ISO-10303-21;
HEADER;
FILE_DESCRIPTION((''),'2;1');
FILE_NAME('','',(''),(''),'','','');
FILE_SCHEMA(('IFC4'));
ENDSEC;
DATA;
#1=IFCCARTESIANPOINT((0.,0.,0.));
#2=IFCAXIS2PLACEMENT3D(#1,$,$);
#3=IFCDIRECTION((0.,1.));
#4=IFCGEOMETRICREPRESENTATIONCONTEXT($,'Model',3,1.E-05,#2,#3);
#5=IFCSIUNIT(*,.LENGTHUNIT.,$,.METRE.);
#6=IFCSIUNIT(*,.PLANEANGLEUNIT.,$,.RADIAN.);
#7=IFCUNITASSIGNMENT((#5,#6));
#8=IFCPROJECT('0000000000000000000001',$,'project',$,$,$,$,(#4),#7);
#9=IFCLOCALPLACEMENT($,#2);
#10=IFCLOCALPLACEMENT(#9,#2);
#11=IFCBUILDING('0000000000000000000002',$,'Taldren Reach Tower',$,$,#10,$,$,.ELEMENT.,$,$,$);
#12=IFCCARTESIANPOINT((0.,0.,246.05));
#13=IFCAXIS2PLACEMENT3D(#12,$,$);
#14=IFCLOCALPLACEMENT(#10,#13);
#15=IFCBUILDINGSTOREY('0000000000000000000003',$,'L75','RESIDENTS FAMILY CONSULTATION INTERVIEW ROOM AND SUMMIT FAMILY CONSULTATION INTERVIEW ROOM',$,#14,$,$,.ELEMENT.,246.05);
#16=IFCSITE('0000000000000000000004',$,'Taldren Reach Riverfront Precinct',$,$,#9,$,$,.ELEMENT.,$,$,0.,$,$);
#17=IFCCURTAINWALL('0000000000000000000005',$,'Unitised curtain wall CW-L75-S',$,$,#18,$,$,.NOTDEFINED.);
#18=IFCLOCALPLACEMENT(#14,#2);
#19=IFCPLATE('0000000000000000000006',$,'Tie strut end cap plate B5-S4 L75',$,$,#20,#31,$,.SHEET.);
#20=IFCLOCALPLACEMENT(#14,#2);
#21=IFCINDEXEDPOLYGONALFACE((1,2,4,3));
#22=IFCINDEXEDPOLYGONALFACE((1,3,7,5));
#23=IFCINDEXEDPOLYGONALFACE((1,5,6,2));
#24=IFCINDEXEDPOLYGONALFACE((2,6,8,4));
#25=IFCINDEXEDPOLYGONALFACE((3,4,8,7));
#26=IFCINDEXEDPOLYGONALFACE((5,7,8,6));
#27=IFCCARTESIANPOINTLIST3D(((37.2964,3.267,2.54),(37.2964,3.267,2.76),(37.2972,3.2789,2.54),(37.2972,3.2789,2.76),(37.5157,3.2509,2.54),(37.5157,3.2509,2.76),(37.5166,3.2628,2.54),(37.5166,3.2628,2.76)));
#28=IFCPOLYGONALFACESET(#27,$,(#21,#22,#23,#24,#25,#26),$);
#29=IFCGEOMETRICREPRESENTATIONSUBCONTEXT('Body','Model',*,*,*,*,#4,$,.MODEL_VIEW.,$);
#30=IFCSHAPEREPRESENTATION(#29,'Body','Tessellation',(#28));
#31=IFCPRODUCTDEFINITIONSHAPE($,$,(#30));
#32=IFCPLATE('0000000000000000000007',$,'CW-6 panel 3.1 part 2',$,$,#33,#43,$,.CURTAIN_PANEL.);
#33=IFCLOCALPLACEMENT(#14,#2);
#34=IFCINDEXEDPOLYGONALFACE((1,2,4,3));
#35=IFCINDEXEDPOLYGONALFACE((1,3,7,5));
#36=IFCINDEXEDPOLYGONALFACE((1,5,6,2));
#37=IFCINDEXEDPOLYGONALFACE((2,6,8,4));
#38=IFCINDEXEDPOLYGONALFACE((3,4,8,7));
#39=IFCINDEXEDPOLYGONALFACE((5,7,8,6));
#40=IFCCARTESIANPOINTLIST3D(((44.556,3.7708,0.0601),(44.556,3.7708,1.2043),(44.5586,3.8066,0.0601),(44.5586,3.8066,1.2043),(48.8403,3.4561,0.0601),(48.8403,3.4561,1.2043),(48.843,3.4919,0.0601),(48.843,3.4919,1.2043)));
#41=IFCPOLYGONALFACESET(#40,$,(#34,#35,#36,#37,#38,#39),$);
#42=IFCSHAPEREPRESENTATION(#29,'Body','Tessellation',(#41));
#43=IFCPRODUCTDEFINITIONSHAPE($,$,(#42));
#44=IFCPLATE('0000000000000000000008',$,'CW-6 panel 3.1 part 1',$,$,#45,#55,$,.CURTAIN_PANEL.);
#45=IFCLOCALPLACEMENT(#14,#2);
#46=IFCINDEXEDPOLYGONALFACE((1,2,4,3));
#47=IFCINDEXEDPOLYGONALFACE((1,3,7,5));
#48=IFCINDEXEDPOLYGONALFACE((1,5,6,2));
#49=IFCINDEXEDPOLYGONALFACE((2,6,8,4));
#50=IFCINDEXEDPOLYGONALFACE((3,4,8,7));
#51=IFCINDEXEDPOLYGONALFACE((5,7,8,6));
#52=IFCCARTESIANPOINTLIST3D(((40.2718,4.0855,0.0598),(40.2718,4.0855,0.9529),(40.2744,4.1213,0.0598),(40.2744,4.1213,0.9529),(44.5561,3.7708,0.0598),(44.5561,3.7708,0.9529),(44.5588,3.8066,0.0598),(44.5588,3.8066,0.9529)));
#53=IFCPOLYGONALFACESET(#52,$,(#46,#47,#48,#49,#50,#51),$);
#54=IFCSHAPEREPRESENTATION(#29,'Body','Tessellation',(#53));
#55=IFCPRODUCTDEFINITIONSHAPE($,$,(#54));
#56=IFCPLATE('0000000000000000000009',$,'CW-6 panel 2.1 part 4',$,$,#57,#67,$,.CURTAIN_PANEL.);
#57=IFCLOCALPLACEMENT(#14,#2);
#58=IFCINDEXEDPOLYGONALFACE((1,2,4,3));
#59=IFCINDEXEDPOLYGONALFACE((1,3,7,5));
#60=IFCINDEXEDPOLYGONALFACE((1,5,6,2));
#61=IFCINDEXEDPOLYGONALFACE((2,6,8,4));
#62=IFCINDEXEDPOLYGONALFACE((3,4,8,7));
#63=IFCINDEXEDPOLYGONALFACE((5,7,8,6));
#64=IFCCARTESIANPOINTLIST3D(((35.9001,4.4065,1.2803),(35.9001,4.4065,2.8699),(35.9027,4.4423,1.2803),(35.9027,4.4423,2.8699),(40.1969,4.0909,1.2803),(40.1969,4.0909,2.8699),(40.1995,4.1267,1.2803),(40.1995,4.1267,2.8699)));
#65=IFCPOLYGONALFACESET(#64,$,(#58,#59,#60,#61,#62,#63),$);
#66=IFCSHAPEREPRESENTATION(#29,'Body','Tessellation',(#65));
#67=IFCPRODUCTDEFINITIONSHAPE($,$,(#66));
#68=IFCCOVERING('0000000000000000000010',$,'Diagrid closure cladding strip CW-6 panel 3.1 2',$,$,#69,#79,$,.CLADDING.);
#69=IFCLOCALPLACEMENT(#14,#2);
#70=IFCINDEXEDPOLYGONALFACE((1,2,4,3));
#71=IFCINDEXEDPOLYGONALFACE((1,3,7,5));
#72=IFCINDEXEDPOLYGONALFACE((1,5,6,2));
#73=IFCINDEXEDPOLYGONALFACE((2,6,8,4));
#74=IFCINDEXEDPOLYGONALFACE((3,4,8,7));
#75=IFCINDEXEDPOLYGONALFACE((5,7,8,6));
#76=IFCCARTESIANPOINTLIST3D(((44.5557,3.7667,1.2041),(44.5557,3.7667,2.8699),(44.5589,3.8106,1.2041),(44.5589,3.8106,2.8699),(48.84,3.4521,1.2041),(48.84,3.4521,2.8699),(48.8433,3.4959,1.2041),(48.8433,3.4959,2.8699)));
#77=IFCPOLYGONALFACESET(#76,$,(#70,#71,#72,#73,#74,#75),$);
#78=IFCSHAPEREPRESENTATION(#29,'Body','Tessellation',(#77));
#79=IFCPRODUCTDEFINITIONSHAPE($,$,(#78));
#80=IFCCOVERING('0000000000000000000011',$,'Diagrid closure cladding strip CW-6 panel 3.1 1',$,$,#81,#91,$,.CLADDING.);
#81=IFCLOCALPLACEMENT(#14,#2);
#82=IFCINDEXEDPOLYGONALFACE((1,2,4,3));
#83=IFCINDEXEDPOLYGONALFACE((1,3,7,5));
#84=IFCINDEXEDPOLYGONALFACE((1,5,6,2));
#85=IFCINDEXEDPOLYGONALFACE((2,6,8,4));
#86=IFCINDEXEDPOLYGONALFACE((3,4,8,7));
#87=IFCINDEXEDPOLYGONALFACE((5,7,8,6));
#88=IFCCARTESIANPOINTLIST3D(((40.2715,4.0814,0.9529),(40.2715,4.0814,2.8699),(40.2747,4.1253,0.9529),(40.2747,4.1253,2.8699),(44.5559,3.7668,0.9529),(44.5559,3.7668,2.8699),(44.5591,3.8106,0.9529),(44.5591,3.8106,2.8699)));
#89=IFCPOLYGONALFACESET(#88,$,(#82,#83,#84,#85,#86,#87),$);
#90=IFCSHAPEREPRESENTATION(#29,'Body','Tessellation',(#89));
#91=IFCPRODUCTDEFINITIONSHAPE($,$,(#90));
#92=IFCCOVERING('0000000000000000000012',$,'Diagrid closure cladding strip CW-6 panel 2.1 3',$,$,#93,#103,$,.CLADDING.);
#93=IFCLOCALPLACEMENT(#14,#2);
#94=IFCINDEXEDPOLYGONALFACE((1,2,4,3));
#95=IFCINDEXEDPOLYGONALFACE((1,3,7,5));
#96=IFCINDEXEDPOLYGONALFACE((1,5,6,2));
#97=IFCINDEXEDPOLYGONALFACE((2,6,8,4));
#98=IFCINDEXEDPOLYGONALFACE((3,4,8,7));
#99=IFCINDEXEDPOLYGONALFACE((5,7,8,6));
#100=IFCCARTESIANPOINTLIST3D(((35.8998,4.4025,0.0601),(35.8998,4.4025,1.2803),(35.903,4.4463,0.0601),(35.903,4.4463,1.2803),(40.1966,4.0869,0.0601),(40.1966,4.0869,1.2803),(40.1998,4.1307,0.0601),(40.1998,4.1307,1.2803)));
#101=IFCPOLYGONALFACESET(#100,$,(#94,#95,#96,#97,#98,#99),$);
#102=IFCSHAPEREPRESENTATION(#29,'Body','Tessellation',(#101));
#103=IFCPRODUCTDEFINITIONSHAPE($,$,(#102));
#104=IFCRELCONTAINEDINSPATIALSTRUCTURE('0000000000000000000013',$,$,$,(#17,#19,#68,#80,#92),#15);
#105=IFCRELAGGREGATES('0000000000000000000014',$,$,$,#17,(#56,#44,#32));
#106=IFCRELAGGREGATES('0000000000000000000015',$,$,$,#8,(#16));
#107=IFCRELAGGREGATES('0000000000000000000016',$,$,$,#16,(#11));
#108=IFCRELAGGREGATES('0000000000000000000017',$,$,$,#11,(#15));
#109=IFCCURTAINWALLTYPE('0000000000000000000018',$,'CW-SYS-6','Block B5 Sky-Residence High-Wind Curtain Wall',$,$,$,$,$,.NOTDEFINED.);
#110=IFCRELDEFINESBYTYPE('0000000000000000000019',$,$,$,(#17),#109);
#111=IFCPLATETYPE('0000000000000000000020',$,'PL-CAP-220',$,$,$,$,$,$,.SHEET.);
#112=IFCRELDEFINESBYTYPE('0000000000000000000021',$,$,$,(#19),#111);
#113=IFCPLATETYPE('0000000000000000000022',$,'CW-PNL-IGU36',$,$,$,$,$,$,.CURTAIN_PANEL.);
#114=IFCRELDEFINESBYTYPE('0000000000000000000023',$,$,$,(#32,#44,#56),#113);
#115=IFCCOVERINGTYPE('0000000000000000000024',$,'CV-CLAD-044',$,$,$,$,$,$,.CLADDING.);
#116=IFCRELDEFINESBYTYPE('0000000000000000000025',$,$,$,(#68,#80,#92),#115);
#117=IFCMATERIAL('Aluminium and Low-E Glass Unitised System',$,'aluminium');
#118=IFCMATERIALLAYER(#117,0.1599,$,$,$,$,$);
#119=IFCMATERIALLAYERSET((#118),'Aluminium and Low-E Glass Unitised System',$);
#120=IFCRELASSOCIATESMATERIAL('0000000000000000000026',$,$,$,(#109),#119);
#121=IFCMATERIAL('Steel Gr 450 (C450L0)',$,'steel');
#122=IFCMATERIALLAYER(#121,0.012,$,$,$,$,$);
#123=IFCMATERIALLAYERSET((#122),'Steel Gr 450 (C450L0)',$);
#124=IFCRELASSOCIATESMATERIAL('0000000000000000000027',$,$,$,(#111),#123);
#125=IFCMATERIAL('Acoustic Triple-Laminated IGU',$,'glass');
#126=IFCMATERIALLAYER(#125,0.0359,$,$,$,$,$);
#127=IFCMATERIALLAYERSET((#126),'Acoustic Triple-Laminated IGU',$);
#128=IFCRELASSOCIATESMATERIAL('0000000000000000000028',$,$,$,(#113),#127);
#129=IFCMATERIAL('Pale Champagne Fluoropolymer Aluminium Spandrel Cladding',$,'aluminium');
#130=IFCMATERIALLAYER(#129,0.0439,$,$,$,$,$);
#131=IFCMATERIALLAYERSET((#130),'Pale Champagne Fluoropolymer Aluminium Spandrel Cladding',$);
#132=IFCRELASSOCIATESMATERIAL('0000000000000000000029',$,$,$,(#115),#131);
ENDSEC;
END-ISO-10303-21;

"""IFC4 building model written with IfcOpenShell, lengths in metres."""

from ifc_helpers import new_model, si_unit, direction, frame, origin, origin_2d, place, context, subcontext, project, spatial, rectangle, extrude, source, transform, mapped, material, layer, layer_set, type_object, element, aggregate, save


model = new_model("IFC4")

# Units and contexts
model_context = context("Model", 3, precision=1e-05, world=origin(), true_north=direction((0.0, 1.0)))
body_context = subcontext(model_context, "Body", "Model", "MODEL_VIEW")
ifc_project = project(units=[si_unit("LENGTHUNIT", "METRE"), si_unit("PLANEANGLEUNIT", "RADIAN")], contexts=[model_context])

# Site, building, storey
site_placement = place(None, origin())
site = spatial("IfcSite", under=ifc_project, at=site_placement, Name="Taldren Reach Riverfront Precinct", CompositionType="ELEMENT", RefElevation=0.0)
building_placement = place(site_placement, origin())
building = spatial("IfcBuilding", under=site, at=building_placement, Name="Taldren Reach Tower", CompositionType="ELEMENT")
storey_placement = place(building_placement, frame((0.0, 0.0, 246.05)))
storey = spatial("IfcBuildingStorey", under=building, at=storey_placement, Name="L75", Description="RESIDENTS FAMILY CONSULTATION INTERVIEW ROOM AND SUMMIT FAMILY CONSULTATION INTERVIEW ROOM", CompositionType="ELEMENT", Elevation=246.05)

# Shared definitions
ifc_material_1 = material(Name="Steel Gr 450 (C450L0)", Category="steel")

# Curtain wall
ifc_material_2 = material(Name="Aluminium and Low-E Glass Unitised System", Category="aluminium")
ifc_layer_1 = layer(ifc_material_2, 0.1599)
ifc_layer_set_1 = layer_set([ifc_layer_1], Name="Aluminium and Low-E Glass Unitised System")
curtain_wall_type = type_object("IfcCurtainWallType", Name="CW-SYS-6", Description="Block B5 Sky-Residence High-Wind Curtain Wall", PredefinedType="NOTDEFINED", material=ifc_layer_set_1)
curtain_wall_placement = place(storey_placement, origin())
curtain_wall = element("IfcCurtainWall", 1, at=curtain_wall_placement, inside=storey, type_object=curtain_wall_type, Name="Unitised curtain wall CW-L75-S", PredefinedType="NOTDEFINED")

# Plate
ifc_layer_2 = layer(ifc_material_1, 0.012)
ifc_layer_set_2 = layer_set([ifc_layer_2], Name="Steel Gr 450 (C450L0)")
plate_type_1 = type_object("IfcPlateType", Name="PL-CAP-220", PredefinedType="SHEET", material=ifc_layer_set_2)
shared_shape_1 = source(origin(), body_context, "Body", "SweptSolid", [
    extrude(rectangle(XDim=0.22, YDim=0.012, at=origin_2d()), origin(), (0.0, 0.0, 1.0), 0.22),
])
plate_1_placement = place(storey_placement, frame((37.4065, 3.2649, 2.54), z_axis=(0.0, 0.0, 1.0), x_axis=(0.997314, -0.073238, 0.0)))
element("IfcPlate", 2, at=plate_1_placement, inside=storey, type_object=plate_type_1, Name="Tie strut end cap plate B5-S4 L75", PredefinedType="SHEET", context=body_context, shape_type="MappedRepresentation", body=[
    mapped(shared_shape_1, transform((0.0, 0.0, 0.0), scale=1.0)),
])

# Plates
ifc_material_3 = material(Name="Acoustic Triple-Laminated IGU", Category="glass")
ifc_layer_3 = layer(ifc_material_3, 0.0359)
ifc_layer_set_3 = layer_set([ifc_layer_3], Name="Acoustic Triple-Laminated IGU")
plate_type_2 = type_object("IfcPlateType", Name="CW-PNL-IGU36", PredefinedType="CURTAIN_PANEL", material=ifc_layer_set_3)
shared_shape_2 = source(origin(), body_context, "Body", "SweptSolid", [
    extrude(rectangle(XDim=4.2959, YDim=0.0359, at=origin_2d()), origin(), (0.0, 0.0, 1.0), 1.1443),
])
plate_2_placement = place(storey_placement, frame((46.6995, 3.6313, 0.0601), z_axis=(0.0, 0.0, 1.0), x_axis=(0.997314, -0.073238, 0.0)))
plate_2 = element("IfcPlate", 3, at=plate_2_placement, type_object=plate_type_2, Name="CW-6 panel 3.1 part 2", PredefinedType="CURTAIN_PANEL", context=body_context, shape_type="MappedRepresentation", body=[
    mapped(shared_shape_2, transform((0.0, 0.0, 0.0), scale=1.0)),
])
shared_shape_3 = source(origin(), body_context, "Body", "SweptSolid", [
    extrude(rectangle(XDim=4.2959, YDim=0.0359, at=origin_2d()), origin(), (0.0, 0.0, 1.0), 0.8931),
])
plate_3_placement = place(storey_placement, frame((42.4153, 3.946, 0.0598), z_axis=(0.0, 0.0, 1.0), x_axis=(0.997314, -0.073238, 0.0)))
plate_3 = element("IfcPlate", 4, at=plate_3_placement, type_object=plate_type_2, Name="CW-6 panel 3.1 part 1", PredefinedType="CURTAIN_PANEL", context=body_context, shape_type="MappedRepresentation", body=[
    mapped(shared_shape_3, transform((0.0, 0.0, 0.0), scale=1.0)),
])
shared_shape_4 = source(origin(), body_context, "Body", "SweptSolid", [
    extrude(rectangle(XDim=4.3083, YDim=0.0359, at=origin_2d()), origin(), (0.0, 0.0, 1.0), 1.5896),
])
plate_4_placement = place(storey_placement, frame((38.0498, 4.2666, 1.2803), z_axis=(0.0, 0.0, 1.0), x_axis=(0.997314, -0.073238, 0.0)))
plate_4 = element("IfcPlate", 5, at=plate_4_placement, type_object=plate_type_2, Name="CW-6 panel 2.1 part 4", PredefinedType="CURTAIN_PANEL", context=body_context, shape_type="MappedRepresentation", body=[
    mapped(shared_shape_4, transform((0.0, 0.0, 0.0), scale=1.0)),
])
aggregate(curtain_wall, [plate_4, plate_3, plate_2])

# Coverings
ifc_material_4 = material(Name="Pale Champagne Fluoropolymer Aluminium Spandrel Cladding", Category="aluminium")
ifc_layer_4 = layer(ifc_material_4, 0.0439)
ifc_layer_set_4 = layer_set([ifc_layer_4], Name="Pale Champagne Fluoropolymer Aluminium Spandrel Cladding")
covering_type = type_object("IfcCoveringType", Name="CV-CLAD-044", PredefinedType="CLADDING", material=ifc_layer_set_4)
shared_shape_5 = source(origin(), body_context, "Body", "SweptSolid", [
    extrude(rectangle(XDim=4.2959, YDim=0.0439, at=origin_2d()), origin(), (0.0, 0.0, 1.0), 1.6658),
])
covering_1_placement = place(storey_placement, frame((46.6995, 3.6313, 1.2041), z_axis=(0.0, 0.0, 1.0), x_axis=(0.997314, -0.073238, 0.0)))
element("IfcCovering", 6, at=covering_1_placement, inside=storey, type_object=covering_type, Name="Diagrid closure cladding strip CW-6 panel 3.1 2", PredefinedType="CLADDING", context=body_context, shape_type="MappedRepresentation", body=[
    mapped(shared_shape_5, transform((0.0, 0.0, 0.0), scale=1.0)),
])
shared_shape_6 = source(origin(), body_context, "Body", "SweptSolid", [
    extrude(rectangle(XDim=4.2959, YDim=0.0439, at=origin_2d()), origin(), (0.0, 0.0, 1.0), 1.917),
])
covering_2_placement = place(storey_placement, frame((42.4153, 3.946, 0.9529), z_axis=(0.0, 0.0, 1.0), x_axis=(0.997314, -0.073238, 0.0)))
element("IfcCovering", 7, at=covering_2_placement, inside=storey, type_object=covering_type, Name="Diagrid closure cladding strip CW-6 panel 3.1 1", PredefinedType="CLADDING", context=body_context, shape_type="MappedRepresentation", body=[
    mapped(shared_shape_6, transform((0.0, 0.0, 0.0), scale=1.0)),
])
shared_shape_7 = source(origin(), body_context, "Body", "SweptSolid", [
    extrude(rectangle(XDim=4.3083, YDim=0.0439, at=origin_2d()), origin(), (0.0, 0.0, 1.0), 1.2202),
])
covering_3_placement = place(storey_placement, frame((38.0498, 4.2666, 0.0601), z_axis=(0.0, 0.0, 1.0), x_axis=(0.997314, -0.073238, 0.0)))
element("IfcCovering", 8, at=covering_3_placement, inside=storey, type_object=covering_type, Name="Diagrid closure cladding strip CW-6 panel 2.1 3", PredefinedType="CLADDING", context=body_context, shape_type="MappedRepresentation", body=[
    mapped(shared_shape_7, transform((0.0, 0.0, 0.0), scale=1.0)),
])

save(model, "model.ifc")
